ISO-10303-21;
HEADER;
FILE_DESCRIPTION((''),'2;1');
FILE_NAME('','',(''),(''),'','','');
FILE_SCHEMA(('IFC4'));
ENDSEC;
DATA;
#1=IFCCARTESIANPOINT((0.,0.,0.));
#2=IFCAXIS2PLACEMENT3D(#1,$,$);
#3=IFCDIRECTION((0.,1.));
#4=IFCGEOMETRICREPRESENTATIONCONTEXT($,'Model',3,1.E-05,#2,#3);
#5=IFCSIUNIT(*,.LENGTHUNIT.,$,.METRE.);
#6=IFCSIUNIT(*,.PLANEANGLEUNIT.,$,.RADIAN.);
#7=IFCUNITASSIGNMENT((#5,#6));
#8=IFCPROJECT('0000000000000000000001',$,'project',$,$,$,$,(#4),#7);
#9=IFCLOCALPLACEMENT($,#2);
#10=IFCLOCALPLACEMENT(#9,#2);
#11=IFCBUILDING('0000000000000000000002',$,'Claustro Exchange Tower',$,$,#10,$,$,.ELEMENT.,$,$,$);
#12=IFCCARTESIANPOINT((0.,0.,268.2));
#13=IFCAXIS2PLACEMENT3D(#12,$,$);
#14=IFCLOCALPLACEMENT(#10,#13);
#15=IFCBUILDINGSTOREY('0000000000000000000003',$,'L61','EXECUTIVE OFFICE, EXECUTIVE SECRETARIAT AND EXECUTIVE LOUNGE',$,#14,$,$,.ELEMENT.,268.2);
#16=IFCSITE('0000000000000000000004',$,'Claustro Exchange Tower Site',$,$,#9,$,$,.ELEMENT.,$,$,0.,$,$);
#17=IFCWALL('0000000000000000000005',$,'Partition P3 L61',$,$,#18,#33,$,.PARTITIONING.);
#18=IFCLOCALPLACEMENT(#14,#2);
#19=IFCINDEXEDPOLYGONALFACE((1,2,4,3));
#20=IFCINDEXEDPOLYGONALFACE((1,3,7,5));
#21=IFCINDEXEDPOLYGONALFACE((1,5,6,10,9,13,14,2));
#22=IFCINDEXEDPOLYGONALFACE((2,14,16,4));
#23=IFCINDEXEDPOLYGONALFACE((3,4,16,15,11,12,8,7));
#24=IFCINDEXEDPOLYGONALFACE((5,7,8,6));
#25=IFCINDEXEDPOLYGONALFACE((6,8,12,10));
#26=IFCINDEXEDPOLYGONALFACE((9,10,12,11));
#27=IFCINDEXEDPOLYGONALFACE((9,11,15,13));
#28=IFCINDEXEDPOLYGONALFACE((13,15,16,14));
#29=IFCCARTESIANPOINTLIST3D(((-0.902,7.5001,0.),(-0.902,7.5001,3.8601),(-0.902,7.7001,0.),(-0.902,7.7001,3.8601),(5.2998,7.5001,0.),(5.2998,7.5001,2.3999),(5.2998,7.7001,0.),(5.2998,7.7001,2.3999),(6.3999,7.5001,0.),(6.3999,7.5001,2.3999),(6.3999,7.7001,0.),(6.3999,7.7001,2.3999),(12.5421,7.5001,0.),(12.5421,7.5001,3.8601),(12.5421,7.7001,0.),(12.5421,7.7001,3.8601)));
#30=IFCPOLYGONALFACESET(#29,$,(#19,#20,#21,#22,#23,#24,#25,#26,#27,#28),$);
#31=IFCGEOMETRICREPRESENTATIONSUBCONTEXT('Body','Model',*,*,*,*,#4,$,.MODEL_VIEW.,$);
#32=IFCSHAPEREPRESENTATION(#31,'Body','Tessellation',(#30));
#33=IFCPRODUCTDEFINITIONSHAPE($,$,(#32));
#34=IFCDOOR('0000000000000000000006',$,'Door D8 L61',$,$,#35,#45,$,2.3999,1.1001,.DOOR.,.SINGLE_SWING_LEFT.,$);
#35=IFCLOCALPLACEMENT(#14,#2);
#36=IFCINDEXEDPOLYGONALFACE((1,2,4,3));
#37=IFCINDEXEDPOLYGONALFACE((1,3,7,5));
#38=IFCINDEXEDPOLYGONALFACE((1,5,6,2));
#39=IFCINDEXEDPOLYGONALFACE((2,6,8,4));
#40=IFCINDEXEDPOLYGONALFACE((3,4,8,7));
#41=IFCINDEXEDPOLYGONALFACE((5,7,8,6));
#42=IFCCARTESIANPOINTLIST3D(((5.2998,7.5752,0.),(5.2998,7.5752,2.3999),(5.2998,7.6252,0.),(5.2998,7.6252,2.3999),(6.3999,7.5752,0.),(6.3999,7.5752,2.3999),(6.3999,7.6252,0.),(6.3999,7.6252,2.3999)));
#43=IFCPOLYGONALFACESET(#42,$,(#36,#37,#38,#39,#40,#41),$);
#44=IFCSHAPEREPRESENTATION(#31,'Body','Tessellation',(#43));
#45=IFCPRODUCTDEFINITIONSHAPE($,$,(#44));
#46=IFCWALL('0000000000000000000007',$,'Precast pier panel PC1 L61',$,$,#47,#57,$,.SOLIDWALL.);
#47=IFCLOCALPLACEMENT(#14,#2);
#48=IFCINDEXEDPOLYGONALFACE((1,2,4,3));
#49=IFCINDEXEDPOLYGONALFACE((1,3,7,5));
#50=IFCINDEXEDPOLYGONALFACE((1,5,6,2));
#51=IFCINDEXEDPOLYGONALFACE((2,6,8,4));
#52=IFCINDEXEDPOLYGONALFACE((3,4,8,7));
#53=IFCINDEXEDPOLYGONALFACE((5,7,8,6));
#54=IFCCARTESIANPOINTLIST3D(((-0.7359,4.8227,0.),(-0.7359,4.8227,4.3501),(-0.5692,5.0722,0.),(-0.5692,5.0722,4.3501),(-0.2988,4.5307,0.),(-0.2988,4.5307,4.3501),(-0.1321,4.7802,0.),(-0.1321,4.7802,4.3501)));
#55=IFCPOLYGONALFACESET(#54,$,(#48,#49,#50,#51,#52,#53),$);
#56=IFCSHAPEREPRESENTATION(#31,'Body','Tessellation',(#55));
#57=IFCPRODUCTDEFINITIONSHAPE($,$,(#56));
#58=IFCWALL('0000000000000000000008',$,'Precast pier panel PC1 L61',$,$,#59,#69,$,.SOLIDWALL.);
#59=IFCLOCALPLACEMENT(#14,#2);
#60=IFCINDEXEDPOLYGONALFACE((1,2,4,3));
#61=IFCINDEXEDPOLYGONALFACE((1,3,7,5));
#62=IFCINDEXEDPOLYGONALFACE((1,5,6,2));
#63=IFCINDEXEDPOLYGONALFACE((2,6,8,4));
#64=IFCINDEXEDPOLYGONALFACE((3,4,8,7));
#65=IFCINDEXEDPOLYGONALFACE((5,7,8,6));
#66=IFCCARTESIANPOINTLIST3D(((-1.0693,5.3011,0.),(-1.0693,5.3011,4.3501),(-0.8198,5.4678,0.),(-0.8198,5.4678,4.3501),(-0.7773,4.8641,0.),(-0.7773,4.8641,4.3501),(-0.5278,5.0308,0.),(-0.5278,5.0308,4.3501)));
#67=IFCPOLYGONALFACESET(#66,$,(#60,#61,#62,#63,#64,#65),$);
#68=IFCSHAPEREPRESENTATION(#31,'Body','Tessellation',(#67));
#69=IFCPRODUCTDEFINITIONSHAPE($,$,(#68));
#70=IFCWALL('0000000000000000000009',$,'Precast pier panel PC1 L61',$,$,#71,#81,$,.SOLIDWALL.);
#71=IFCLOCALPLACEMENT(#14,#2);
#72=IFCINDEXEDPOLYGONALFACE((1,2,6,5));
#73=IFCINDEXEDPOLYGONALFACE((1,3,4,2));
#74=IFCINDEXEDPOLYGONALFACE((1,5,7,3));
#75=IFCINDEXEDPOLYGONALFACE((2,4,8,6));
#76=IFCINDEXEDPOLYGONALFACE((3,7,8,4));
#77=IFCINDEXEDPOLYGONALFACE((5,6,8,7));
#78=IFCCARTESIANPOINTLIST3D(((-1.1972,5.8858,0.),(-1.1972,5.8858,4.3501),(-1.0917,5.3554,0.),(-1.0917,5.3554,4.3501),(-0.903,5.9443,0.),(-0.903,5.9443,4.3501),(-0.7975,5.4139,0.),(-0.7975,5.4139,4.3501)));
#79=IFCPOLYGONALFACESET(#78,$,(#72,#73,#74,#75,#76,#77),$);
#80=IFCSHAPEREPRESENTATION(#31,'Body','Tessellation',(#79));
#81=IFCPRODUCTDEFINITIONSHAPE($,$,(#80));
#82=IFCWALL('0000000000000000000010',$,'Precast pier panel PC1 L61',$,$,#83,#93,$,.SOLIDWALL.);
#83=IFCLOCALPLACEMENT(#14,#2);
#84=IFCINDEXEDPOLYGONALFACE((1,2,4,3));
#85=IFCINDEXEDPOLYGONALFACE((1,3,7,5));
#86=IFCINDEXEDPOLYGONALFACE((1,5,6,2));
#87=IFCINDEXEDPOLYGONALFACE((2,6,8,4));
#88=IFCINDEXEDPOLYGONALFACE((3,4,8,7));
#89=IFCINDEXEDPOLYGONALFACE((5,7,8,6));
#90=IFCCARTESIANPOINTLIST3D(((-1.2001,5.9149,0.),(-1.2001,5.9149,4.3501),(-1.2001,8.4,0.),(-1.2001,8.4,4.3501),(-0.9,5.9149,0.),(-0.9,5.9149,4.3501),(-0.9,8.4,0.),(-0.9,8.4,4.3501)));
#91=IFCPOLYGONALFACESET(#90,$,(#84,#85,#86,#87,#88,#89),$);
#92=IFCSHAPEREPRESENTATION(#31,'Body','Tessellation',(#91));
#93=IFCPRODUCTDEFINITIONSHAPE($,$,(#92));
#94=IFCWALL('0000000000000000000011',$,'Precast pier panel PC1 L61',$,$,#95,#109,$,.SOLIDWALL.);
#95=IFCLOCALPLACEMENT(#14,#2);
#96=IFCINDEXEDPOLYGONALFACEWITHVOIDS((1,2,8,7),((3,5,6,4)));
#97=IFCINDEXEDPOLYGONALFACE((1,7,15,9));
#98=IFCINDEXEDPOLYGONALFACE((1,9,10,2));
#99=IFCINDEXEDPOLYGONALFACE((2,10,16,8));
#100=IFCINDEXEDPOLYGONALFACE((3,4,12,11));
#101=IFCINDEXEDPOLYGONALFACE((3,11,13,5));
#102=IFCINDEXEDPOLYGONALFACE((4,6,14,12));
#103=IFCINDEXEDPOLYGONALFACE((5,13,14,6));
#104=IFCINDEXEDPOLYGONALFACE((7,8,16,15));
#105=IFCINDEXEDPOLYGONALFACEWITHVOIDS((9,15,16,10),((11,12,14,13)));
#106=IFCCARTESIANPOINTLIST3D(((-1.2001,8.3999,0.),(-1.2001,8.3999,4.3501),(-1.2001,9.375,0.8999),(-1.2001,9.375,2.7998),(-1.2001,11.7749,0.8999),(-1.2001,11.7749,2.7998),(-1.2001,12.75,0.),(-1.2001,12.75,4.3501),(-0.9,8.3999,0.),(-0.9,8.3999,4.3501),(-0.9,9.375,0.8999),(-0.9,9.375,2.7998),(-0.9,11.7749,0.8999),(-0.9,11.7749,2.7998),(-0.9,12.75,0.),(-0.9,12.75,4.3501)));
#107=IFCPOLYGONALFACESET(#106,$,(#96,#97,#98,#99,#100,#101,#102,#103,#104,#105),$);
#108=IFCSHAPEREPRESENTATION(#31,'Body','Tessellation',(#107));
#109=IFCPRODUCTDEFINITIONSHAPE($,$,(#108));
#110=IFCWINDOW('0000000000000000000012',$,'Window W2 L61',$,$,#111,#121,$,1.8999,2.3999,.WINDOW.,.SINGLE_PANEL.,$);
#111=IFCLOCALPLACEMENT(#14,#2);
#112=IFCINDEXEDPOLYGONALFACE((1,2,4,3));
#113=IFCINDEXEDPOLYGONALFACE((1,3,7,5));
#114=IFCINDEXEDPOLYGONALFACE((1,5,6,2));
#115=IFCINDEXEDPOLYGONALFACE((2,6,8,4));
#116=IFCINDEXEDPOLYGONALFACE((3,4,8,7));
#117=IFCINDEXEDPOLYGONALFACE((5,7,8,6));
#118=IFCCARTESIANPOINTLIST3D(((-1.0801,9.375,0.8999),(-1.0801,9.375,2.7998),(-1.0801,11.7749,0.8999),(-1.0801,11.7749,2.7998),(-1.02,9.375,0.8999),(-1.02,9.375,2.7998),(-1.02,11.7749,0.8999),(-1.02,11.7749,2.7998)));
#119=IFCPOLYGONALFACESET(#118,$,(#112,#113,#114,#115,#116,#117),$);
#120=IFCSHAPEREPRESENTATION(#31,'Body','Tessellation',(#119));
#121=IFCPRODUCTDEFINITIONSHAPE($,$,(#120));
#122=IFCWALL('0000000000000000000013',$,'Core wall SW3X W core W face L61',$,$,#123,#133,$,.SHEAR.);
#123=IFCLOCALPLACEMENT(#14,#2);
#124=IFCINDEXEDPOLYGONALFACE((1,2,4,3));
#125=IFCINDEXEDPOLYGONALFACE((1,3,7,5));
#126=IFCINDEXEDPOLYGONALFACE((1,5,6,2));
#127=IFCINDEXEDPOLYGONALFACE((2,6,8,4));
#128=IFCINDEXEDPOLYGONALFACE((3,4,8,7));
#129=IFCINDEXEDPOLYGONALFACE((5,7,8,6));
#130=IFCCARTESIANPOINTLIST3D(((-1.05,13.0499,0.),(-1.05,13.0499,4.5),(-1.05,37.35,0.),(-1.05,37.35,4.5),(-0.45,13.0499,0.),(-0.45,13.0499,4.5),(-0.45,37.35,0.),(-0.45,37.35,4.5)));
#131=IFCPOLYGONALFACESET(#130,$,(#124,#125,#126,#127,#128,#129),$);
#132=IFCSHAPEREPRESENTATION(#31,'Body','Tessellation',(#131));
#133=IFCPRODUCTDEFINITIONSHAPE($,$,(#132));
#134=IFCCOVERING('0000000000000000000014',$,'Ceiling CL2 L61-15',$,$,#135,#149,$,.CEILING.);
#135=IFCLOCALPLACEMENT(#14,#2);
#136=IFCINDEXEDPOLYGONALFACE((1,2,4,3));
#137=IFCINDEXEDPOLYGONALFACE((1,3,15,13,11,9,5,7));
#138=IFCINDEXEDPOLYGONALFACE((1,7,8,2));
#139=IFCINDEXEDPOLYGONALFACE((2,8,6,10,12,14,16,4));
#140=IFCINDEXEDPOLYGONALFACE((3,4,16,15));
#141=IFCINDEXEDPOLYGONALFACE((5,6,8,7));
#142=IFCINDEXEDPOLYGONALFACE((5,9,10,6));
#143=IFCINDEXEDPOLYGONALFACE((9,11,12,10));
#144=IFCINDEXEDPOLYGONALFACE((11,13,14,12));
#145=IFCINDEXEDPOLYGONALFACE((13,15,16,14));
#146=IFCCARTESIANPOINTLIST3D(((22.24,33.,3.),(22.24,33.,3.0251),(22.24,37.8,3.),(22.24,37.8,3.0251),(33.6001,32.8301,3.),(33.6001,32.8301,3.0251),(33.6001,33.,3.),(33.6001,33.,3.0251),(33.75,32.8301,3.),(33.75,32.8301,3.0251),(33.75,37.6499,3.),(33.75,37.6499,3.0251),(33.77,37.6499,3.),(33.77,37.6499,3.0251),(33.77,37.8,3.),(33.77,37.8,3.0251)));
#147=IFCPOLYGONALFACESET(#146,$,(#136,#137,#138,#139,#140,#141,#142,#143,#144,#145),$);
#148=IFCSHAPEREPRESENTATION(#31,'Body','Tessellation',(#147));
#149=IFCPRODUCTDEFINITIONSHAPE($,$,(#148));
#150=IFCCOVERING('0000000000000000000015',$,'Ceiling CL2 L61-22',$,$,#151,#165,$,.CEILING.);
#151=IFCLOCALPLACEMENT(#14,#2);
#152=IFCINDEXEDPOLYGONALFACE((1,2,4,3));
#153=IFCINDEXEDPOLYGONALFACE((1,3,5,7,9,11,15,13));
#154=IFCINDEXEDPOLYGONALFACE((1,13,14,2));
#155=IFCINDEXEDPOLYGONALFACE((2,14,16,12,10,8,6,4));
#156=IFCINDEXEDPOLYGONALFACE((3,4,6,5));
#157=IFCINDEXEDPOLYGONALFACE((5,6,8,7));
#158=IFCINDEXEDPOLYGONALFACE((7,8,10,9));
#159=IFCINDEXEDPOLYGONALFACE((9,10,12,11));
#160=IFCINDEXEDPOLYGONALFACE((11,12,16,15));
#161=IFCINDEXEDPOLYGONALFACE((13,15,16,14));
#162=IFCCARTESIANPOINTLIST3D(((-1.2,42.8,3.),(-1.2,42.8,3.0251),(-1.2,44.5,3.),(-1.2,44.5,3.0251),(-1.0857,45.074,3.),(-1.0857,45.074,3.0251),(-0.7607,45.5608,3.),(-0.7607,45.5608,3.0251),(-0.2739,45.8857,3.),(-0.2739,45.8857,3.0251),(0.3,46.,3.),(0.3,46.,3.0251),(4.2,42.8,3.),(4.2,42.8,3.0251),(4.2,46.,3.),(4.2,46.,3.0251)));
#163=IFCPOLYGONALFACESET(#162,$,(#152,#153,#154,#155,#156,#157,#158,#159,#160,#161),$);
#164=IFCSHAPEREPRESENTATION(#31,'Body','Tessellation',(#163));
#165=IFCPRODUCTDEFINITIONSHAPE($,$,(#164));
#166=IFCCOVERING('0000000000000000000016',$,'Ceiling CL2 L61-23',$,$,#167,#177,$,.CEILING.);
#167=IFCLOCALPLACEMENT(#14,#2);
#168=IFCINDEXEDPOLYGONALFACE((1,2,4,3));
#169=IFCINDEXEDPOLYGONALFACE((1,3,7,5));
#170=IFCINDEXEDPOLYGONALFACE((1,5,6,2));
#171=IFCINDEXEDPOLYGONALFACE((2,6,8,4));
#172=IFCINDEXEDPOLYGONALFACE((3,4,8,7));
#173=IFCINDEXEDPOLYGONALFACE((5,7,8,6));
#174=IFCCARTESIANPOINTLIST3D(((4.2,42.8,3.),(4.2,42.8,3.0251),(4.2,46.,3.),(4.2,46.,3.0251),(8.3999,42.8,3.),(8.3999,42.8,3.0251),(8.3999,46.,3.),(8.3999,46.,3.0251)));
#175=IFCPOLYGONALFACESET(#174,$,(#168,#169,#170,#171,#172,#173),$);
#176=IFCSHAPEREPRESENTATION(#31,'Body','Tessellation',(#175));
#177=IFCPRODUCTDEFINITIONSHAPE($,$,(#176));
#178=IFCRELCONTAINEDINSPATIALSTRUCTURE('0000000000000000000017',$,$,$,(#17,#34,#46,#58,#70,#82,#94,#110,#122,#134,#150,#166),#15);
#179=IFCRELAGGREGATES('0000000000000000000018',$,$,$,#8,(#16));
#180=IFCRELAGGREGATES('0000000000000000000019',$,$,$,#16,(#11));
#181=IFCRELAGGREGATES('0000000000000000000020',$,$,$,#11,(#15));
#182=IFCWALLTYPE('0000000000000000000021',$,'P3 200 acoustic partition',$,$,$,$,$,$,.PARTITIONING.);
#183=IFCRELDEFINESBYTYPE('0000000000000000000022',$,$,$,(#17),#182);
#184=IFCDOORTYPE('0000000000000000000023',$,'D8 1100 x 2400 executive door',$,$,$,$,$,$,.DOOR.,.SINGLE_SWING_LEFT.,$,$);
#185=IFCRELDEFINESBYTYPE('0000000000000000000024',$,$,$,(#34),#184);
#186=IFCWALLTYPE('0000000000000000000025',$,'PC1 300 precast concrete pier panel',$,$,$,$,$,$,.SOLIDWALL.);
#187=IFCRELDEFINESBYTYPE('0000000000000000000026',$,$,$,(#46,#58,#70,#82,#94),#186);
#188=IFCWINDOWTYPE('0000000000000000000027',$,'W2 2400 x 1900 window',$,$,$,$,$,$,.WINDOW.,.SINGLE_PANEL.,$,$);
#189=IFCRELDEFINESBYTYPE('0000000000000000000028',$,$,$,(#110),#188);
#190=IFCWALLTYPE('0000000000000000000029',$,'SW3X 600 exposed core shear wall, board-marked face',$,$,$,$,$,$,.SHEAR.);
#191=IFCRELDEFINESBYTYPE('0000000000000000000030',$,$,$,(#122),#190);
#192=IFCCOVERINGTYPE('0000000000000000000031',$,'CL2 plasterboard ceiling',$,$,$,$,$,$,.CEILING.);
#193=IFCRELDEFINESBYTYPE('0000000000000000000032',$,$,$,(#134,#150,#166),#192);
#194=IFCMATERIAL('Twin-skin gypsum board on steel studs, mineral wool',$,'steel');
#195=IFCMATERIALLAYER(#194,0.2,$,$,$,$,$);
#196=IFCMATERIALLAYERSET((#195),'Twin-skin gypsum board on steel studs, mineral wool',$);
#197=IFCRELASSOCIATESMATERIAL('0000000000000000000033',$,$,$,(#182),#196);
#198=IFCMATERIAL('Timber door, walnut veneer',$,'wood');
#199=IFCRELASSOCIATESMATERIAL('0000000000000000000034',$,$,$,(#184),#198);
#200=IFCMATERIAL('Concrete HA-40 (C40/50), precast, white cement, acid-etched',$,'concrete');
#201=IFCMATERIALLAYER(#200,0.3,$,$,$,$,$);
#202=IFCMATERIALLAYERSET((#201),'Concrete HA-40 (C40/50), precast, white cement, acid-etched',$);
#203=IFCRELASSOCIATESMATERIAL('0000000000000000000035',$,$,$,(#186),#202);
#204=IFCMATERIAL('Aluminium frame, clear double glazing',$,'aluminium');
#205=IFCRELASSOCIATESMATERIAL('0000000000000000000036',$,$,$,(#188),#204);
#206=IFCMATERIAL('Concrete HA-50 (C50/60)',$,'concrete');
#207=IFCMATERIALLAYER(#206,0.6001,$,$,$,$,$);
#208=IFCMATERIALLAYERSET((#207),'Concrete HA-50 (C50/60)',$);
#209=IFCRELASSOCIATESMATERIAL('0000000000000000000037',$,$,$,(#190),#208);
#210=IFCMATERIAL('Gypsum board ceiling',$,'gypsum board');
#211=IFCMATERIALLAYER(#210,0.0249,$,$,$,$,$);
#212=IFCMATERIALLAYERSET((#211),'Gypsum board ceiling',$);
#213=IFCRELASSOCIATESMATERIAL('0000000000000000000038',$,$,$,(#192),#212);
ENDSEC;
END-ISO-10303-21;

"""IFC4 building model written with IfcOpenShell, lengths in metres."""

from ifc_helpers import new_model, si_unit, direction, frame, frame_2d, origin, place, context, subcontext, project, spatial, polyline, rectangle, outline, extrude, material, layer, layer_set, type_object, element, fill, save


model = new_model("IFC4")

# Units and contexts
model_context = context("Model", 3, precision=1e-05, world=origin(), true_north=direction((0.0, 1.0)))
body_context = subcontext(model_context, "Body", "Model", "MODEL_VIEW")
ifc_project = project(units=[si_unit("LENGTHUNIT", "METRE"), si_unit("PLANEANGLEUNIT", "RADIAN")], contexts=[model_context])

# Site, building, storey
site_placement = place(None, origin())
site = spatial("IfcSite", under=ifc_project, at=site_placement, Name="Claustro Exchange Tower Site", CompositionType="ELEMENT", RefElevation=0.0)
building_placement = place(site_placement, origin())
building = spatial("IfcBuilding", under=site, at=building_placement, Name="Claustro Exchange Tower", CompositionType="ELEMENT")
storey_placement = place(building_placement, frame((0.0, 0.0, 268.2)))
storey = spatial("IfcBuildingStorey", under=building, at=storey_placement, Name="L61", Description="EXECUTIVE OFFICE, EXECUTIVE SECRETARIAT AND EXECUTIVE LOUNGE", CompositionType="ELEMENT", Elevation=268.2)

# Wall, opening, door
ifc_material_1 = material(Name="Twin-skin gypsum board on steel studs, mineral wool", Category="steel")
ifc_layer_1 = layer(ifc_material_1, 0.2)
ifc_layer_set_1 = layer_set([ifc_layer_1], Name="Twin-skin gypsum board on steel studs, mineral wool")
wall_type_1 = type_object("IfcWallType", Name="P3 200 acoustic partition", PredefinedType="PARTITIONING", material=ifc_layer_set_1)
wall_1_placement = place(storey_placement, frame((-0.9021, 7.6001, 0.0), z_axis=(0.0, 0.0, 1.0), x_axis=(1.0, 0.0, 0.0)))
wall_1 = element("IfcWall", 1, at=wall_1_placement, inside=storey, type_object=wall_type_1, Name="Partition P3 L61", PredefinedType="PARTITIONING", context=body_context, shape_type="SweptSolid", body=[
    extrude(rectangle(XDim=13.4441, YDim=0.2, at=frame_2d((6.7222, 0.0))), origin(), (0.0, 0.0, 1.0), 3.8601),
])
opening_1_placement = place(wall_1_placement, frame((6.2019, 0.0, 0.0)))
opening_1 = element("IfcOpeningElement", 2, at=opening_1_placement, cuts=wall_1, PredefinedType="OPENING", context=body_context, shape_type="SweptSolid", body=[
    extrude(rectangle(XDim=1.1001, YDim=2.3999, at=frame_2d((0.55, 1.2))), frame((0.0, 0.1099, 0.0), z_axis=(0.0, -1.0, 0.0), x_axis=(1.0, 0.0, 0.0)), (0.0, 0.0, 1.0), 0.22),
])
ifc_material_2 = material(Name="Timber door, walnut veneer", Category="wood")
door_type_1 = type_object("IfcDoorType", Name="D8 1100 x 2400 executive door", OperationType="SINGLE_SWING_LEFT", PredefinedType="DOOR", material=ifc_material_2)
door_1_placement = place(opening_1_placement, frame((1.1001, 0.0, 0.0), z_axis=(0.0, 0.0, 1.0), x_axis=(-1.0, 0.0, 0.0)))
door_1 = element("IfcDoor", 3, at=door_1_placement, inside=storey, type_object=door_type_1, Name="Door D8 L61", OperationType="SINGLE_SWING_LEFT", OverallHeight=2.3999, OverallWidth=1.1001, PredefinedType="DOOR", context=body_context, shape_type="SweptSolid", body=[
    extrude(rectangle(XDim=1.1001, YDim=2.3999, at=frame_2d((0.55, 1.2))), frame((0.0, 0.0249, 0.0), z_axis=(0.0, -1.0, 0.0), x_axis=(1.0, 0.0, 0.0)), (0.0, 0.0, 1.0), 0.05),
])
fill(opening_1, door_1)

# Walls
ifc_material_3 = material(Name="Concrete HA-40 (C40/50), precast, white cement, acid-etched", Category="concrete")
ifc_layer_2 = layer(ifc_material_3, 0.3)
ifc_layer_set_2 = layer_set([ifc_layer_2], Name="Concrete HA-40 (C40/50), precast, white cement, acid-etched")
wall_type_2 = type_object("IfcWallType", Name="PC1 300 precast concrete pier panel", PredefinedType="SOLIDWALL", material=ifc_layer_set_2)
for number, where, z_axis, x_axis, name in (
    (4, (-0.2156, 4.6555, 0.0), (0.0, 0.0, 1.0), (-0.831478, 0.555557, 0.0), "Precast pier panel PC1 L61"),
    (5, (-0.6526, 4.9475, 0.0), (0.0, 0.0, 1.0), (-0.555557, 0.831478, 0.0), "Precast pier panel PC1 L61"),
):
    element("IfcWall", number, at=place(storey_placement, frame(where, z_axis=z_axis, x_axis=x_axis)), inside=storey, type_object=wall_type_2, Name=name, PredefinedType="SOLIDWALL", context=body_context, shape_type="SweptSolid", body=[
        extrude(rectangle(XDim=0.5256, YDim=0.3, at=frame_2d((0.2627, 0.0))), origin(), (0.0, 0.0, 1.0), 4.3501),
    ])
wall_2_placement = place(storey_placement, frame((-0.9446, 5.3845, 0.0), z_axis=(0.0, 0.0, 1.0), x_axis=(-0.195074, 0.980789, 0.0)))
element("IfcWall", 6, at=wall_2_placement, inside=storey, type_object=wall_type_2, Name="Precast pier panel PC1 L61", PredefinedType="SOLIDWALL", context=body_context, shape_type="SweptSolid", body=[
    extrude(rectangle(XDim=0.5408, YDim=0.3, at=frame_2d((0.2705, 0.0))), origin(), (0.0, 0.0, 1.0), 4.3501),
])
wall_3_placement = place(storey_placement, frame((-1.05, 5.9148, 0.0), z_axis=(0.0, 0.0, 1.0), x_axis=(0.0, 1.0, 0.0)))
element("IfcWall", 7, at=wall_3_placement, inside=storey, type_object=wall_type_2, Name="Precast pier panel PC1 L61", PredefinedType="SOLIDWALL", context=body_context, shape_type="SweptSolid", body=[
    extrude(rectangle(XDim=2.4851, YDim=0.3, at=frame_2d((1.2427, 0.0))), origin(), (0.0, 0.0, 1.0), 4.3501),
])

# Wall, opening, window
wall_4_placement = place(storey_placement, frame((-1.05, 8.3999, 0.0), z_axis=(0.0, 0.0, 1.0), x_axis=(0.0, 1.0, 0.0)))
wall_4 = element("IfcWall", 8, at=wall_4_placement, inside=storey, type_object=wall_type_2, Name="Precast pier panel PC1 L61", PredefinedType="SOLIDWALL", context=body_context, shape_type="SweptSolid", body=[
    extrude(rectangle(XDim=4.3501, YDim=0.3, at=frame_2d((2.175, 0.0))), origin(), (0.0, 0.0, 1.0), 4.3501),
])
opening_2_placement = place(wall_4_placement, frame((0.9751, 0.0, 0.8999)))
opening_2 = element("IfcOpeningElement", 9, at=opening_2_placement, cuts=wall_4, PredefinedType="OPENING", context=body_context, shape_type="SweptSolid", body=[
    extrude(rectangle(XDim=2.3999, YDim=1.8999, at=frame_2d((1.2, 0.95))), frame((0.0, 0.1599, 0.0), z_axis=(0.0, -1.0, 0.0), x_axis=(1.0, 0.0, 0.0)), (0.0, 0.0, 1.0), 0.3201),
])
ifc_material_4 = material(Name="Aluminium frame, clear double glazing", Category="aluminium")
window_type = type_object("IfcWindowType", Name="W2 2400 x 1900 window", PartitioningType="SINGLE_PANEL", PredefinedType="WINDOW", material=ifc_material_4)
window_placement = place(opening_2_placement, origin())
window = element("IfcWindow", 10, at=window_placement, inside=storey, type_object=window_type, Name="Window W2 L61", OverallHeight=1.8999, OverallWidth=2.3999, PartitioningType="SINGLE_PANEL", PredefinedType="WINDOW", context=body_context, shape_type="SweptSolid", body=[
    extrude(rectangle(XDim=2.3999, YDim=1.8999, at=frame_2d((1.2, 0.95))), frame((0.0, 0.03, 0.0), z_axis=(0.0, -1.0, 0.0), x_axis=(1.0, 0.0, 0.0)), (0.0, 0.0, 1.0), 0.0601),
])
fill(opening_2, window)

# Wall
ifc_material_5 = material(Name="Concrete HA-50 (C50/60)", Category="concrete")
ifc_layer_3 = layer(ifc_material_5, 0.6001)
ifc_layer_set_3 = layer_set([ifc_layer_3], Name="Concrete HA-50 (C50/60)")
wall_type_3 = type_object("IfcWallType", Name="SW3X 600 exposed core shear wall, board-marked face", PredefinedType="SHEAR", material=ifc_layer_set_3)
wall_5_placement = place(storey_placement, frame((-0.75, 13.05, 0.0), z_axis=(0.0, 0.0, 1.0), x_axis=(0.0, 1.0, 0.0)))
element("IfcWall", 11, at=wall_5_placement, inside=storey, type_object=wall_type_3, Name="Core wall SW3X W core W face L61", PredefinedType="SHEAR", context=body_context, shape_type="SweptSolid", body=[
    extrude(rectangle(XDim=24.3, YDim=0.6001, at=frame_2d((12.1499, 0.0))), origin(), (0.0, 0.0, 1.0), 4.5),
])

# Coverings
ifc_material_6 = material(Name="Gypsum board ceiling", Category="gypsum board")
ifc_layer_4 = layer(ifc_material_6, 0.0249)
ifc_layer_set_4 = layer_set([ifc_layer_4], Name="Gypsum board ceiling")
covering_type_1 = type_object("IfcCoveringType", Name="CL2 plasterboard ceiling", PredefinedType="CEILING", material=ifc_layer_set_4)
covering_1_placement = place(storey_placement, frame((0.0, 0.0, 3.0)))
element("IfcCovering", 12, at=covering_1_placement, inside=storey, type_object=covering_type_1, Name="Ceiling CL2 L61-15", PredefinedType="CEILING", context=body_context, shape_type="SweptSolid", body=[
    extrude(outline(polyline([(33.6001, 33.0), (33.6001, 32.8301), (33.75, 32.8301), (33.75, 37.6499), (33.77, 37.6499), (33.77, 37.8), (22.24, 37.8), (22.24, 33.0), (33.6001, 33.0)])), origin(), (0.0, 0.0, 1.0), 0.0251),
])
covering_2_placement = place(storey_placement, frame((0.0, 0.0, 3.0)))
element("IfcCovering", 13, at=covering_2_placement, inside=storey, type_object=covering_type_1, Name="Ceiling CL2 L61-22", PredefinedType="CEILING", context=body_context, shape_type="SweptSolid", body=[
    extrude(outline(polyline([(-1.2, 44.5), (-1.2, 42.8), (4.2, 42.8), (4.2, 46.0), (0.3, 46.0), (-0.2739, 45.8857), (-0.7607, 45.5608), (-1.0857, 45.074), (-1.2, 44.5)])), origin(), (0.0, 0.0, 1.0), 0.0251),
])
covering_3_placement = place(storey_placement, frame((0.0, 0.0, 3.0)))
element("IfcCovering", 14, at=covering_3_placement, inside=storey, type_object=covering_type_1, Name="Ceiling CL2 L61-23", PredefinedType="CEILING", context=body_context, shape_type="SweptSolid", body=[
    extrude(outline(polyline([(8.3999, 46.0), (4.2, 46.0), (4.2, 42.8), (8.3999, 42.8), (8.3999, 46.0)])), origin(), (0.0, 0.0, 1.0), 0.0251),
])

save(model, "model.ifc")
